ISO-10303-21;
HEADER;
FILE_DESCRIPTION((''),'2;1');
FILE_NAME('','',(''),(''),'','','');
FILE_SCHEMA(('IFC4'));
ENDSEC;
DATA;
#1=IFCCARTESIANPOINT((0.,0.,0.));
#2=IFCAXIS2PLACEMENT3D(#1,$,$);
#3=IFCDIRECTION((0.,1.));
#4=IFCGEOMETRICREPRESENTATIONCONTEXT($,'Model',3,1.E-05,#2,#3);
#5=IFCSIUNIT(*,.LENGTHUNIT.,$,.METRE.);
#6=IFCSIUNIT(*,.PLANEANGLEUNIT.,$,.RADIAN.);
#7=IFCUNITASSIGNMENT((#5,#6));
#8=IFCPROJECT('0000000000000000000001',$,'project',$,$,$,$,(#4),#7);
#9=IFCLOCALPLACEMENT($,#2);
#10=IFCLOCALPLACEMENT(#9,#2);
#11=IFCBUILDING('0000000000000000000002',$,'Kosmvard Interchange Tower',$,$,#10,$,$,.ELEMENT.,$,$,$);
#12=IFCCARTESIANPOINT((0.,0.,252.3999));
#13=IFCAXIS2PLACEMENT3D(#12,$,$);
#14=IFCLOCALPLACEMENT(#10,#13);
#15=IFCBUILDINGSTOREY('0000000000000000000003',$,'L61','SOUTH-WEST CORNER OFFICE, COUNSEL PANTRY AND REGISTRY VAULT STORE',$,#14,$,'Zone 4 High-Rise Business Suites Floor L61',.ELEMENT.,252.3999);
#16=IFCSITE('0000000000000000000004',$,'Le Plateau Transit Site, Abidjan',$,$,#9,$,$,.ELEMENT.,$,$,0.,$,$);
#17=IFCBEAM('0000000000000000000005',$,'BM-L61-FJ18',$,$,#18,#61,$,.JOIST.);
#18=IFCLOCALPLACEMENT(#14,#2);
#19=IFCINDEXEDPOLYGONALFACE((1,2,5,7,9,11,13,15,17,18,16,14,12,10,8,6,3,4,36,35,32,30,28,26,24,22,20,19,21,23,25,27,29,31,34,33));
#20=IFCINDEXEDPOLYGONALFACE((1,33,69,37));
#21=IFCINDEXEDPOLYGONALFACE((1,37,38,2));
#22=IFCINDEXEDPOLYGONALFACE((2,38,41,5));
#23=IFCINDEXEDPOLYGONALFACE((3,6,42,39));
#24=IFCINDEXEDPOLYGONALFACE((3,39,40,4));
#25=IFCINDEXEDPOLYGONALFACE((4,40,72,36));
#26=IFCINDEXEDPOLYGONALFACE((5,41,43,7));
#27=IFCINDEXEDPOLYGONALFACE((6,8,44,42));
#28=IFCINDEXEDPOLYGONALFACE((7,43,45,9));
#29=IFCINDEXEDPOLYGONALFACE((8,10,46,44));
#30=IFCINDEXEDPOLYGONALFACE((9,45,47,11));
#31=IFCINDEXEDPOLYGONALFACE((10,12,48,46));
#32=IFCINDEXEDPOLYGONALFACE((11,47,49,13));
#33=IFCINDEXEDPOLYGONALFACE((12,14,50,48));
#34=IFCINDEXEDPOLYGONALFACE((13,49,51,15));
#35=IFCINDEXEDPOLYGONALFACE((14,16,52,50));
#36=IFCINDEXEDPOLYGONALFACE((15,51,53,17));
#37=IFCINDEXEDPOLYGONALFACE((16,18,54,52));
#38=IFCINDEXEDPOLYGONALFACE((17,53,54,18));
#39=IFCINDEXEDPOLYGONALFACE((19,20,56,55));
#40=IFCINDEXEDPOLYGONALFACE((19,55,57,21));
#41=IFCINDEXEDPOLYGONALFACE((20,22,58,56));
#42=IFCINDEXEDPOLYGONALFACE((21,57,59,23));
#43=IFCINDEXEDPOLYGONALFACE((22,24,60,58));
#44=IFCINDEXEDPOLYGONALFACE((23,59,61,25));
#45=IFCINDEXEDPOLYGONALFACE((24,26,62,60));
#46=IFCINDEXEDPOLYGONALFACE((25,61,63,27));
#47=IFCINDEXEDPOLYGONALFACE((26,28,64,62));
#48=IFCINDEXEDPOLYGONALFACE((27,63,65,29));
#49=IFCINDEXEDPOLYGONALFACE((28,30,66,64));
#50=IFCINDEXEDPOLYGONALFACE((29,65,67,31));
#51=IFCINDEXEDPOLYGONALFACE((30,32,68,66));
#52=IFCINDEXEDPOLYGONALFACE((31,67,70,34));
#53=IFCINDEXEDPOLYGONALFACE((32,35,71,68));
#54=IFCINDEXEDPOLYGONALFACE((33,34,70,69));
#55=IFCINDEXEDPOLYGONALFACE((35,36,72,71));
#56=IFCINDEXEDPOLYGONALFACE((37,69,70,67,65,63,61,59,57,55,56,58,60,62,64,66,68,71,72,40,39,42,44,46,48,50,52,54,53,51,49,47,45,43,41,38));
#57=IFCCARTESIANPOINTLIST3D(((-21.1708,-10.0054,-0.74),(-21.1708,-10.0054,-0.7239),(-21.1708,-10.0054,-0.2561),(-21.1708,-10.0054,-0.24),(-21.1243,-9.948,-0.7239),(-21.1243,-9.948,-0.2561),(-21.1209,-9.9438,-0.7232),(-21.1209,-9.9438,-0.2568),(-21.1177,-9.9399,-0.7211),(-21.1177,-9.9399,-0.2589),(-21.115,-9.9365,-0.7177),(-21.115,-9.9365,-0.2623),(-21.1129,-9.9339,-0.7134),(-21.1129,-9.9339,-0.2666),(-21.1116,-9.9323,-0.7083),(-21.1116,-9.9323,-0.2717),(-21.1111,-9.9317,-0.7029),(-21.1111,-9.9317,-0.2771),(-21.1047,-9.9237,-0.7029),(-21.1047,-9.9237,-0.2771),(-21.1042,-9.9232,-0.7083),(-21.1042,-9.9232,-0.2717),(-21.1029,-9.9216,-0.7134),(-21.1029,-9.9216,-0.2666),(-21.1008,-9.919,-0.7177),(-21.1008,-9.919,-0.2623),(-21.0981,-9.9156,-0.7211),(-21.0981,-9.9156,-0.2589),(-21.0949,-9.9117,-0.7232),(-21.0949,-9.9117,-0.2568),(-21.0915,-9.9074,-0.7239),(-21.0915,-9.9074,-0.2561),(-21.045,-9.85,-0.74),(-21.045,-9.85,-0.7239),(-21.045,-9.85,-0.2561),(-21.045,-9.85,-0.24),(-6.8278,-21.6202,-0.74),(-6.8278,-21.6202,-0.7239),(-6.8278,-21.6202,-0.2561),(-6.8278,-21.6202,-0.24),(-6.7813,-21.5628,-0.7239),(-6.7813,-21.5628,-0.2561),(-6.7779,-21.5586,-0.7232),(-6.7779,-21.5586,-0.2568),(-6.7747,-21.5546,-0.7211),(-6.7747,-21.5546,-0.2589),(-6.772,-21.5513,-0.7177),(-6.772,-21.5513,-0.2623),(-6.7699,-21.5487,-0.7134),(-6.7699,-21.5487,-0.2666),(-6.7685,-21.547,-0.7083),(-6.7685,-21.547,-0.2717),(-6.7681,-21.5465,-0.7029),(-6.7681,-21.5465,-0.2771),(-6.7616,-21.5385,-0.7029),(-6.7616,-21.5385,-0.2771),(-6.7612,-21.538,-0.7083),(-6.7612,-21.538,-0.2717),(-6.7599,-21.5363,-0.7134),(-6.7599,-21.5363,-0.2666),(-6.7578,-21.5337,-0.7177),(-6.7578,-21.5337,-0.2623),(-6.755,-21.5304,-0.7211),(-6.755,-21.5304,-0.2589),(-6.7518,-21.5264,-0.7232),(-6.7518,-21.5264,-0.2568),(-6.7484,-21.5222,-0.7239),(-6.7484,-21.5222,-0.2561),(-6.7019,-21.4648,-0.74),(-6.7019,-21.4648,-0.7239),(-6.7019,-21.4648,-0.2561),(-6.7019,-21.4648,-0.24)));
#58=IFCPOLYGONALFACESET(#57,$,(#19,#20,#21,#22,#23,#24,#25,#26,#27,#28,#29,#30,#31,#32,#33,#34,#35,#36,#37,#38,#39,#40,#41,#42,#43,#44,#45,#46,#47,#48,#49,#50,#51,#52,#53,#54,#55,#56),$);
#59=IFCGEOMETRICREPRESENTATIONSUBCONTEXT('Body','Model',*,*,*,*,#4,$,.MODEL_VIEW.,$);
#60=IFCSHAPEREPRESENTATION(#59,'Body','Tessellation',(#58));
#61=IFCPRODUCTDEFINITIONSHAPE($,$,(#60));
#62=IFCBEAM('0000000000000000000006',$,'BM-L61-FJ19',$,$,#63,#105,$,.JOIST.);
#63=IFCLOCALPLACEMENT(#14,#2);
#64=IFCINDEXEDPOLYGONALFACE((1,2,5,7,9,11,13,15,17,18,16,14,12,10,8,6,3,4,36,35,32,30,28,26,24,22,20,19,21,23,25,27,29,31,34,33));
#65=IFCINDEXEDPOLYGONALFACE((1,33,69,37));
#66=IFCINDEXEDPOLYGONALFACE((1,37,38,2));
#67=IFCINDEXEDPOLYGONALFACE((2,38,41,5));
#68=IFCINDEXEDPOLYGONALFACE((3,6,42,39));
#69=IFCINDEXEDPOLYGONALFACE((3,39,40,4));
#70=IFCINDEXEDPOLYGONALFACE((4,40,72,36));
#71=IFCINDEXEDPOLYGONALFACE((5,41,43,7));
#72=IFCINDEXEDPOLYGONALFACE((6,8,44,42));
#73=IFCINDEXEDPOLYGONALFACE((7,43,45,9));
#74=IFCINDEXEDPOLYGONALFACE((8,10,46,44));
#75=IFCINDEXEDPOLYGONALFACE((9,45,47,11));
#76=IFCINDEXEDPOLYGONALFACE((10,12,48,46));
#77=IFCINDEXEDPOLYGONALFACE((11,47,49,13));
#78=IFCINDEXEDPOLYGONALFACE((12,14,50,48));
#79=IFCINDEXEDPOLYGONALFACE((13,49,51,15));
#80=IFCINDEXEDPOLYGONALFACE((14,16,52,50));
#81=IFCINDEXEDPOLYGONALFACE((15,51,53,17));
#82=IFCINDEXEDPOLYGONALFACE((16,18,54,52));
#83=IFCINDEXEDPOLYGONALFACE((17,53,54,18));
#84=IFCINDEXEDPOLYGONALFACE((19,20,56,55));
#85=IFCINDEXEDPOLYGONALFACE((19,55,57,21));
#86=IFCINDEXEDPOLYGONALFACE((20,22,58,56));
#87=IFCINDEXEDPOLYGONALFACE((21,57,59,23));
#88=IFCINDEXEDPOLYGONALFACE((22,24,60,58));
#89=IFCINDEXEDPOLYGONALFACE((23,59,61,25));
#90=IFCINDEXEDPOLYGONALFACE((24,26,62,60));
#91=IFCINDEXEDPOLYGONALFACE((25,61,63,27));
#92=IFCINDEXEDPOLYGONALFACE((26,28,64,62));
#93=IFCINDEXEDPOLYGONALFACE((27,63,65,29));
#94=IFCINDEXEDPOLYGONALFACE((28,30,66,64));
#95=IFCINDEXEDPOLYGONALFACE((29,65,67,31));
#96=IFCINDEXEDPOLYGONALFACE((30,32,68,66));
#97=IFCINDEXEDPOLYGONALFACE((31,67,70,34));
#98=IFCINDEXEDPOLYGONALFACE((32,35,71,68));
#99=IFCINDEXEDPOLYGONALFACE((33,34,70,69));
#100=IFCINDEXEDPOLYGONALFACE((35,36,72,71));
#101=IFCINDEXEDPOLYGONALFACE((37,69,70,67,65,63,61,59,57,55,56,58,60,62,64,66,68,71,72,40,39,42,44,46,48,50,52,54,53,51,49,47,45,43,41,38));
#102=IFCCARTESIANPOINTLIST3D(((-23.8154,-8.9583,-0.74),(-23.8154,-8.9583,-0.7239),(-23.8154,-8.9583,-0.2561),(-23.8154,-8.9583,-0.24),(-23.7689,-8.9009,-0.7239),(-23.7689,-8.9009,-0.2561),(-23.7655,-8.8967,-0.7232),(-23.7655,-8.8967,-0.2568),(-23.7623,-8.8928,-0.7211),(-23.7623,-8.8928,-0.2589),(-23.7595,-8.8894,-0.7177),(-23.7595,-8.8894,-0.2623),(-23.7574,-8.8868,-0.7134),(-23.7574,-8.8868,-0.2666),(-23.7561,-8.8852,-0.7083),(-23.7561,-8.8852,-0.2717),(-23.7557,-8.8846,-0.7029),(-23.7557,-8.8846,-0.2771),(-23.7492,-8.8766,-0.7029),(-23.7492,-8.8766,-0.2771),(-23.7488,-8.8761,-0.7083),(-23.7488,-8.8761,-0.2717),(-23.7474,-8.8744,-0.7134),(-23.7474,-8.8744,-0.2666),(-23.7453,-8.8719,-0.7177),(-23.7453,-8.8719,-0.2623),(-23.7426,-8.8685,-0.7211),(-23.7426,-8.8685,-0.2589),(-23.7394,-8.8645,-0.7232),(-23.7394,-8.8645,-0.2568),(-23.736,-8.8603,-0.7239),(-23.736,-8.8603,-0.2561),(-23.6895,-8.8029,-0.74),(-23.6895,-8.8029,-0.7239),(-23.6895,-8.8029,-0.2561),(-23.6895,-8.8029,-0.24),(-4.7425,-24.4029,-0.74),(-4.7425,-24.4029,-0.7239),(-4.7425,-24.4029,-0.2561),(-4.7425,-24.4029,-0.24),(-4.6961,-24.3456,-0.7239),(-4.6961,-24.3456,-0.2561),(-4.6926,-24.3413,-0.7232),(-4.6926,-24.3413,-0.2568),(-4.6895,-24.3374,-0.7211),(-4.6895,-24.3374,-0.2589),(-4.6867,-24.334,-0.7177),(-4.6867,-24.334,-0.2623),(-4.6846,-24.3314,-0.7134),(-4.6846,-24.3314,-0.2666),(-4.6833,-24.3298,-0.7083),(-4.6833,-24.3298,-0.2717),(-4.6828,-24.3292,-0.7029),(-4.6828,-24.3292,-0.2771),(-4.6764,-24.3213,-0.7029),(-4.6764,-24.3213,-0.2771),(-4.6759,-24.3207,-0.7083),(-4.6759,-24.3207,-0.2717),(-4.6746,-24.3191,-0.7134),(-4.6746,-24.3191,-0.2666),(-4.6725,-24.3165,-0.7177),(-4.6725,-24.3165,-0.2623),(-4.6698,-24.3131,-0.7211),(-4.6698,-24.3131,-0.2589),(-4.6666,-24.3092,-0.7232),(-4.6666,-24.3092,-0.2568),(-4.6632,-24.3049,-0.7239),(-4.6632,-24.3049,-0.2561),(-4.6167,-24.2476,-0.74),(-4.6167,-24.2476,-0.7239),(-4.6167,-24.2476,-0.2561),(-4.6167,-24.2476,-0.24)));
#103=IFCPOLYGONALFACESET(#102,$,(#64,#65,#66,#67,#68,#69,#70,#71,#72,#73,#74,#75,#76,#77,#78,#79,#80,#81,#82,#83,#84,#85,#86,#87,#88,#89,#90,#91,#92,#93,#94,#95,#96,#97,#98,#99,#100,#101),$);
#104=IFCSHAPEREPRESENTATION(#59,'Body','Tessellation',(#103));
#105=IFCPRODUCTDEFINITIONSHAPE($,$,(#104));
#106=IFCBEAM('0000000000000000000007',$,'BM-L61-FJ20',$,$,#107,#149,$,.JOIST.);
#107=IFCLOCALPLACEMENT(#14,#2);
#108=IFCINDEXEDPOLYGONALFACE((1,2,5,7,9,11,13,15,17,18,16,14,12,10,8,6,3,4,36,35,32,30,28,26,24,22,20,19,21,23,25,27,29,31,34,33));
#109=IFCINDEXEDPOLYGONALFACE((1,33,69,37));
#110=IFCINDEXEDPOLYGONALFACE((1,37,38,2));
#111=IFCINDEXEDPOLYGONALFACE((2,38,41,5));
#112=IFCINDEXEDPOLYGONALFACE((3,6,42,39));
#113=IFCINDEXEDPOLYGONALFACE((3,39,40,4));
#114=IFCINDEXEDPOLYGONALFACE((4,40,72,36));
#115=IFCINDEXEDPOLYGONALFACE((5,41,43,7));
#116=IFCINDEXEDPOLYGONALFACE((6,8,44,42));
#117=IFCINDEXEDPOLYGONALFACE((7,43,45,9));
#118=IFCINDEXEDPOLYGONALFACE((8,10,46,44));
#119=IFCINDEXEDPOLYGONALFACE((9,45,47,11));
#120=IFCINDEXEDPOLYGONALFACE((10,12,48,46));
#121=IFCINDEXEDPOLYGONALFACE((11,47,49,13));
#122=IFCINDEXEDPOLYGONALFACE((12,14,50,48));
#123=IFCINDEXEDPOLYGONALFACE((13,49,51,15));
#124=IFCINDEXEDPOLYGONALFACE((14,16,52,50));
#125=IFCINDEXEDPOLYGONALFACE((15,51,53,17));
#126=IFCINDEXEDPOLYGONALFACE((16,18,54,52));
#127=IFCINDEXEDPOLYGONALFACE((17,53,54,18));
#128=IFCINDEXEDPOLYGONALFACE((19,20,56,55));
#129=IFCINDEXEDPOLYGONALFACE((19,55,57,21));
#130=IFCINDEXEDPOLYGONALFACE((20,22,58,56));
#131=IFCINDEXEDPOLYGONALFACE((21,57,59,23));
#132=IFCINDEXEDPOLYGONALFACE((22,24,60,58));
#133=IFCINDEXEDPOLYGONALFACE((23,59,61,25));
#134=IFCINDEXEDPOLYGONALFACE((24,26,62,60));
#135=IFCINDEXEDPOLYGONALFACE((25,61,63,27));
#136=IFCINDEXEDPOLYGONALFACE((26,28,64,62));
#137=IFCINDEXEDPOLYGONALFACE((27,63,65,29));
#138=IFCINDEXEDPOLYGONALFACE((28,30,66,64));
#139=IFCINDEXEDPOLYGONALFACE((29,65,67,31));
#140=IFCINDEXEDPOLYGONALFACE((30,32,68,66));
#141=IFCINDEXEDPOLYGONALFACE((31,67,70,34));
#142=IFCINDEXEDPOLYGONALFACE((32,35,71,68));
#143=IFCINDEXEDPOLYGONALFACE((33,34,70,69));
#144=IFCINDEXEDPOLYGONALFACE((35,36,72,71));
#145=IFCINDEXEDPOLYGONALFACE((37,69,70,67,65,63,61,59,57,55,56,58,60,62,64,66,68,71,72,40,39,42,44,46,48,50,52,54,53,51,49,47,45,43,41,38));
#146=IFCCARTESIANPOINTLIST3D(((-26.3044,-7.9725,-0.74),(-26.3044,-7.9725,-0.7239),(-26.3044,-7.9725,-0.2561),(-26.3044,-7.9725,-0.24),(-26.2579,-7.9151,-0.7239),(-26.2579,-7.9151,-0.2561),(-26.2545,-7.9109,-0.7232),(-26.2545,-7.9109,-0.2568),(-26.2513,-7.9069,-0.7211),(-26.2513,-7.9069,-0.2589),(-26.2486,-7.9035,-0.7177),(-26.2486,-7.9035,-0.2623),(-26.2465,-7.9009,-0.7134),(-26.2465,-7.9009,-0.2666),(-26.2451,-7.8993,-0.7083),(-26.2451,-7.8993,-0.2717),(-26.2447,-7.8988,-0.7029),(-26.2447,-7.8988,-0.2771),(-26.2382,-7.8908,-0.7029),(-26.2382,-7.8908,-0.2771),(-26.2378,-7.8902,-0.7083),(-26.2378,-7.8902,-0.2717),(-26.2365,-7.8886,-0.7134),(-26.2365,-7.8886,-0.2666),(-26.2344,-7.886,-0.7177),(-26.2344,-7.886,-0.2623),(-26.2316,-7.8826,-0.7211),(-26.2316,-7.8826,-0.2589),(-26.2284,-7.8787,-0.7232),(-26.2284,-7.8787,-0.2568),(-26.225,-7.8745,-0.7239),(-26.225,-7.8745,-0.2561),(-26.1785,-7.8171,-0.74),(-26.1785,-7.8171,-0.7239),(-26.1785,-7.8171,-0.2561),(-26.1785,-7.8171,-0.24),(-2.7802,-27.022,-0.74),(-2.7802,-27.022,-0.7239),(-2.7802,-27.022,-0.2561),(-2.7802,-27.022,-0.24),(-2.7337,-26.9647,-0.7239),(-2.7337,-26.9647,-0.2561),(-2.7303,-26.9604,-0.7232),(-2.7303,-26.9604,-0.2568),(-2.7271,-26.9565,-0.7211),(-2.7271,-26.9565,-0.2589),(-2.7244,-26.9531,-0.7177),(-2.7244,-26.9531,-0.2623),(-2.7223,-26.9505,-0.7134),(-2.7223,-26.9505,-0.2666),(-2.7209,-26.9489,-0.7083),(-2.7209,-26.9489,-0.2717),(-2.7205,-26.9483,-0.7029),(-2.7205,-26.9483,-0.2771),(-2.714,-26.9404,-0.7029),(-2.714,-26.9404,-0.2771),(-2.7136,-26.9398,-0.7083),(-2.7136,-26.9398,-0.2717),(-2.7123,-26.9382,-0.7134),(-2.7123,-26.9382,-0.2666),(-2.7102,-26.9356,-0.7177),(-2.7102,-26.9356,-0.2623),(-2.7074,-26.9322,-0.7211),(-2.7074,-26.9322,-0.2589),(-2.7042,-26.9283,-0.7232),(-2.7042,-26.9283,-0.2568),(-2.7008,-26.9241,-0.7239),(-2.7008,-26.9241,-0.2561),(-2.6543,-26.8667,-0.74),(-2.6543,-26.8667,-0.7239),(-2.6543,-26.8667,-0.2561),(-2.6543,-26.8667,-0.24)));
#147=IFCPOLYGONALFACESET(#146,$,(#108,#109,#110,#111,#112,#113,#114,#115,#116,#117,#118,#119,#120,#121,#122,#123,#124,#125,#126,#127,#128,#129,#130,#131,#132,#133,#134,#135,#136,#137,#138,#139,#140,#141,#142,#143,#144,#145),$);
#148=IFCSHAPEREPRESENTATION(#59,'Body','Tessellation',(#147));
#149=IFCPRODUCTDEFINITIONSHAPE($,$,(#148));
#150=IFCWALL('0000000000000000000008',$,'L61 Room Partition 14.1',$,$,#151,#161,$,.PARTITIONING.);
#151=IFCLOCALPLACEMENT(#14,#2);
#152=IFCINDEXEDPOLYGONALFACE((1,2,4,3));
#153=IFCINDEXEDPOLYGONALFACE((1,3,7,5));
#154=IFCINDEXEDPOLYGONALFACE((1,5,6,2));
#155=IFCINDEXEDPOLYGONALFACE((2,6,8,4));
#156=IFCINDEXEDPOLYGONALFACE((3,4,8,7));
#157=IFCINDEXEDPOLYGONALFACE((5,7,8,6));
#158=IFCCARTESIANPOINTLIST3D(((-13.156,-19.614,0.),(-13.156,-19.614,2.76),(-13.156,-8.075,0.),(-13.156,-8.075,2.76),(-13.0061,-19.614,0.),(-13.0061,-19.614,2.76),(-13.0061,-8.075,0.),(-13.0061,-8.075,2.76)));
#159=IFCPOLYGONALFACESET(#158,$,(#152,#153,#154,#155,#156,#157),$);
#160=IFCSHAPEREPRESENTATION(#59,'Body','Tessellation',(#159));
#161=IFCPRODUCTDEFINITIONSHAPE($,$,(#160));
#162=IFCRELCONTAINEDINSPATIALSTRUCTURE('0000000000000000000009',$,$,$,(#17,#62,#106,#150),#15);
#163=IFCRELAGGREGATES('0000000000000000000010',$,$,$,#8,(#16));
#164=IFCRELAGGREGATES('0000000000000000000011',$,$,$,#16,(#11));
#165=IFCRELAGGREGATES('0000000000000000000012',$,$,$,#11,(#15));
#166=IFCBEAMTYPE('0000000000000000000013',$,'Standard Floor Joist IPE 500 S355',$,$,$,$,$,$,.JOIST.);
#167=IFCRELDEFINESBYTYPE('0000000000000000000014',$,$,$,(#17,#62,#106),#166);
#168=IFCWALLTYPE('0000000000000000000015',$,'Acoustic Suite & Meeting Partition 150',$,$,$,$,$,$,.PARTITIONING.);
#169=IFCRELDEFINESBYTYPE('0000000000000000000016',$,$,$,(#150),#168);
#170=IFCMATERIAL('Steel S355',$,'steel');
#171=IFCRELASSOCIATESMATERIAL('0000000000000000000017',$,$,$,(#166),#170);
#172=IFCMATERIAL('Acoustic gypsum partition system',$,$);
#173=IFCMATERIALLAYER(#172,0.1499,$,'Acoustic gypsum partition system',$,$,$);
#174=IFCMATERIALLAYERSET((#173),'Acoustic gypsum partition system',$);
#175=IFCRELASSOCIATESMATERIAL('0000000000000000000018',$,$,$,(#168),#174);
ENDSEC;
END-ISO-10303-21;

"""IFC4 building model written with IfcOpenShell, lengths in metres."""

from ifc_helpers import new_model, si_unit, direction, frame, frame_2d, origin, origin_2d, place, context, subcontext, project, spatial, rectangle, i_section, extrude, source, transform, mapped, material, layer, layer_set, material_profile, profile_set, type_object, element, save


model = new_model("IFC4")

# Units and contexts
model_context = context("Model", 3, precision=1e-05, world=origin(), true_north=direction((0.0, 1.0)))
body_context = subcontext(model_context, "Body", "Model", "MODEL_VIEW")
ifc_project = project(units=[si_unit("LENGTHUNIT", "METRE"), si_unit("PLANEANGLEUNIT", "RADIAN")], contexts=[model_context])

# Site, building, storey
site_placement = place(None, origin())
site = spatial("IfcSite", under=ifc_project, at=site_placement, Name="Le Plateau Transit Site, Abidjan", CompositionType="ELEMENT", RefElevation=0.0)
building_placement = place(site_placement, origin())
building = spatial("IfcBuilding", under=site, at=building_placement, Name="Kosmvard Interchange Tower", CompositionType="ELEMENT")
storey_placement = place(building_placement, frame((0.0, 0.0, 252.3999)))
storey = spatial("IfcBuildingStorey", under=building, at=storey_placement, Name="L61", Description="SOUTH-WEST CORNER OFFICE, COUNSEL PANTRY AND REGISTRY VAULT STORE", LongName="Zone 4 High-Rise Business Suites Floor L61", CompositionType="ELEMENT", Elevation=252.3999)

# Beams
ifc_material_1 = material(Name="Steel S355", Category="steel")
ifc_material_profile_1 = material_profile(ifc_material_1, i_section(OverallWidth=0.2, OverallDepth=0.5, WebThickness=0.0103, FlangeThickness=0.0161, FilletRadius=0.021, at=origin_2d()), Name="IPE 500")
ifc_profile_set_1 = profile_set([ifc_material_profile_1], Name="Steel S355")
beam_type_1 = type_object("IfcBeamType", Name="Standard Floor Joist IPE 500 S355", PredefinedType="JOIST", material=ifc_profile_set_1)
shared_shape_1 = source(origin(), body_context, "Body", "SweptSolid", [
    extrude(i_section(OverallWidth=0.2, OverallDepth=0.5, WebThickness=0.0103, FlangeThickness=0.0161, FilletRadius=0.021, at=origin_2d()), origin(), (0.0, 0.0, 1.0), 18.4561),
])
beam_1_placement = place(storey_placement, frame((-21.1079, -9.9277, -0.49), z_axis=(0.777146, -0.62932, 0.0), x_axis=(0.62932, 0.777146, 0.0)))
element("IfcBeam", 1, at=beam_1_placement, inside=storey, type_object=beam_type_1, Name="BM-L61-FJ18", PredefinedType="JOIST", context=body_context, shape_type="MappedRepresentation", body=[
    mapped(shared_shape_1, transform((0.0, 0.0, 0.0), scale=1.0)),
])
shared_shape_2 = source(origin(), body_context, "Body", "SweptSolid", [
    extrude(i_section(OverallWidth=0.2, OverallDepth=0.5, WebThickness=0.0103, FlangeThickness=0.0161, FilletRadius=0.021, at=origin_2d()), origin(), (0.0, 0.0, 1.0), 24.542),
])
beam_2_placement = place(storey_placement, frame((-23.7524, -8.8806, -0.49), z_axis=(0.777151, -0.629315, 0.0), x_axis=(0.629315, 0.777151, 0.0)))
element("IfcBeam", 2, at=beam_2_placement, inside=storey, type_object=beam_type_1, Name="BM-L61-FJ19", PredefinedType="JOIST", context=body_context, shape_type="MappedRepresentation", body=[
    mapped(shared_shape_2, transform((0.0, 0.0, 0.0), scale=1.0)),
])
shared_shape_3 = source(origin(), body_context, "Body", "SweptSolid", [
    extrude(i_section(OverallWidth=0.2, OverallDepth=0.5, WebThickness=0.0103, FlangeThickness=0.0161, FilletRadius=0.021, at=origin_2d()), origin(), (0.0, 0.0, 1.0), 30.27),
])
beam_3_placement = place(storey_placement, frame((-26.2415, -7.8948, -0.49), z_axis=(0.777145, -0.629322, 0.0), x_axis=(0.629322, 0.777145, 0.0)))
element("IfcBeam", 3, at=beam_3_placement, inside=storey, type_object=beam_type_1, Name="BM-L61-FJ20", PredefinedType="JOIST", context=body_context, shape_type="MappedRepresentation", body=[
    mapped(shared_shape_3, transform((0.0, 0.0, 0.0), scale=1.0)),
])

# Wall
ifc_material_2 = material(Name="Acoustic gypsum partition system")
ifc_layer_1 = layer(ifc_material_2, 0.1499, Name="Acoustic gypsum partition system")
ifc_layer_set_1 = layer_set([ifc_layer_1], Name="Acoustic gypsum partition system")
wall_type_1 = type_object("IfcWallType", Name="Acoustic Suite & Meeting Partition 150", PredefinedType="PARTITIONING", material=ifc_layer_set_1)
wall_1_placement = place(storey_placement, frame((-13.0811, -8.075, 0.0), z_axis=(0.0, 0.0, 1.0), x_axis=(0.0, -1.0, 0.0)))
element("IfcWall", 4, at=wall_1_placement, inside=storey, type_object=wall_type_1, Name="L61 Room Partition 14.1", PredefinedType="PARTITIONING", context=body_context, shape_type="SweptSolid", body=[
    extrude(rectangle(XDim=11.5391, YDim=0.1499, at=frame_2d((5.7695, 0.0))), origin(), (0.0, 0.0, 1.0), 2.76),
])

save(model, "model.ifc")
